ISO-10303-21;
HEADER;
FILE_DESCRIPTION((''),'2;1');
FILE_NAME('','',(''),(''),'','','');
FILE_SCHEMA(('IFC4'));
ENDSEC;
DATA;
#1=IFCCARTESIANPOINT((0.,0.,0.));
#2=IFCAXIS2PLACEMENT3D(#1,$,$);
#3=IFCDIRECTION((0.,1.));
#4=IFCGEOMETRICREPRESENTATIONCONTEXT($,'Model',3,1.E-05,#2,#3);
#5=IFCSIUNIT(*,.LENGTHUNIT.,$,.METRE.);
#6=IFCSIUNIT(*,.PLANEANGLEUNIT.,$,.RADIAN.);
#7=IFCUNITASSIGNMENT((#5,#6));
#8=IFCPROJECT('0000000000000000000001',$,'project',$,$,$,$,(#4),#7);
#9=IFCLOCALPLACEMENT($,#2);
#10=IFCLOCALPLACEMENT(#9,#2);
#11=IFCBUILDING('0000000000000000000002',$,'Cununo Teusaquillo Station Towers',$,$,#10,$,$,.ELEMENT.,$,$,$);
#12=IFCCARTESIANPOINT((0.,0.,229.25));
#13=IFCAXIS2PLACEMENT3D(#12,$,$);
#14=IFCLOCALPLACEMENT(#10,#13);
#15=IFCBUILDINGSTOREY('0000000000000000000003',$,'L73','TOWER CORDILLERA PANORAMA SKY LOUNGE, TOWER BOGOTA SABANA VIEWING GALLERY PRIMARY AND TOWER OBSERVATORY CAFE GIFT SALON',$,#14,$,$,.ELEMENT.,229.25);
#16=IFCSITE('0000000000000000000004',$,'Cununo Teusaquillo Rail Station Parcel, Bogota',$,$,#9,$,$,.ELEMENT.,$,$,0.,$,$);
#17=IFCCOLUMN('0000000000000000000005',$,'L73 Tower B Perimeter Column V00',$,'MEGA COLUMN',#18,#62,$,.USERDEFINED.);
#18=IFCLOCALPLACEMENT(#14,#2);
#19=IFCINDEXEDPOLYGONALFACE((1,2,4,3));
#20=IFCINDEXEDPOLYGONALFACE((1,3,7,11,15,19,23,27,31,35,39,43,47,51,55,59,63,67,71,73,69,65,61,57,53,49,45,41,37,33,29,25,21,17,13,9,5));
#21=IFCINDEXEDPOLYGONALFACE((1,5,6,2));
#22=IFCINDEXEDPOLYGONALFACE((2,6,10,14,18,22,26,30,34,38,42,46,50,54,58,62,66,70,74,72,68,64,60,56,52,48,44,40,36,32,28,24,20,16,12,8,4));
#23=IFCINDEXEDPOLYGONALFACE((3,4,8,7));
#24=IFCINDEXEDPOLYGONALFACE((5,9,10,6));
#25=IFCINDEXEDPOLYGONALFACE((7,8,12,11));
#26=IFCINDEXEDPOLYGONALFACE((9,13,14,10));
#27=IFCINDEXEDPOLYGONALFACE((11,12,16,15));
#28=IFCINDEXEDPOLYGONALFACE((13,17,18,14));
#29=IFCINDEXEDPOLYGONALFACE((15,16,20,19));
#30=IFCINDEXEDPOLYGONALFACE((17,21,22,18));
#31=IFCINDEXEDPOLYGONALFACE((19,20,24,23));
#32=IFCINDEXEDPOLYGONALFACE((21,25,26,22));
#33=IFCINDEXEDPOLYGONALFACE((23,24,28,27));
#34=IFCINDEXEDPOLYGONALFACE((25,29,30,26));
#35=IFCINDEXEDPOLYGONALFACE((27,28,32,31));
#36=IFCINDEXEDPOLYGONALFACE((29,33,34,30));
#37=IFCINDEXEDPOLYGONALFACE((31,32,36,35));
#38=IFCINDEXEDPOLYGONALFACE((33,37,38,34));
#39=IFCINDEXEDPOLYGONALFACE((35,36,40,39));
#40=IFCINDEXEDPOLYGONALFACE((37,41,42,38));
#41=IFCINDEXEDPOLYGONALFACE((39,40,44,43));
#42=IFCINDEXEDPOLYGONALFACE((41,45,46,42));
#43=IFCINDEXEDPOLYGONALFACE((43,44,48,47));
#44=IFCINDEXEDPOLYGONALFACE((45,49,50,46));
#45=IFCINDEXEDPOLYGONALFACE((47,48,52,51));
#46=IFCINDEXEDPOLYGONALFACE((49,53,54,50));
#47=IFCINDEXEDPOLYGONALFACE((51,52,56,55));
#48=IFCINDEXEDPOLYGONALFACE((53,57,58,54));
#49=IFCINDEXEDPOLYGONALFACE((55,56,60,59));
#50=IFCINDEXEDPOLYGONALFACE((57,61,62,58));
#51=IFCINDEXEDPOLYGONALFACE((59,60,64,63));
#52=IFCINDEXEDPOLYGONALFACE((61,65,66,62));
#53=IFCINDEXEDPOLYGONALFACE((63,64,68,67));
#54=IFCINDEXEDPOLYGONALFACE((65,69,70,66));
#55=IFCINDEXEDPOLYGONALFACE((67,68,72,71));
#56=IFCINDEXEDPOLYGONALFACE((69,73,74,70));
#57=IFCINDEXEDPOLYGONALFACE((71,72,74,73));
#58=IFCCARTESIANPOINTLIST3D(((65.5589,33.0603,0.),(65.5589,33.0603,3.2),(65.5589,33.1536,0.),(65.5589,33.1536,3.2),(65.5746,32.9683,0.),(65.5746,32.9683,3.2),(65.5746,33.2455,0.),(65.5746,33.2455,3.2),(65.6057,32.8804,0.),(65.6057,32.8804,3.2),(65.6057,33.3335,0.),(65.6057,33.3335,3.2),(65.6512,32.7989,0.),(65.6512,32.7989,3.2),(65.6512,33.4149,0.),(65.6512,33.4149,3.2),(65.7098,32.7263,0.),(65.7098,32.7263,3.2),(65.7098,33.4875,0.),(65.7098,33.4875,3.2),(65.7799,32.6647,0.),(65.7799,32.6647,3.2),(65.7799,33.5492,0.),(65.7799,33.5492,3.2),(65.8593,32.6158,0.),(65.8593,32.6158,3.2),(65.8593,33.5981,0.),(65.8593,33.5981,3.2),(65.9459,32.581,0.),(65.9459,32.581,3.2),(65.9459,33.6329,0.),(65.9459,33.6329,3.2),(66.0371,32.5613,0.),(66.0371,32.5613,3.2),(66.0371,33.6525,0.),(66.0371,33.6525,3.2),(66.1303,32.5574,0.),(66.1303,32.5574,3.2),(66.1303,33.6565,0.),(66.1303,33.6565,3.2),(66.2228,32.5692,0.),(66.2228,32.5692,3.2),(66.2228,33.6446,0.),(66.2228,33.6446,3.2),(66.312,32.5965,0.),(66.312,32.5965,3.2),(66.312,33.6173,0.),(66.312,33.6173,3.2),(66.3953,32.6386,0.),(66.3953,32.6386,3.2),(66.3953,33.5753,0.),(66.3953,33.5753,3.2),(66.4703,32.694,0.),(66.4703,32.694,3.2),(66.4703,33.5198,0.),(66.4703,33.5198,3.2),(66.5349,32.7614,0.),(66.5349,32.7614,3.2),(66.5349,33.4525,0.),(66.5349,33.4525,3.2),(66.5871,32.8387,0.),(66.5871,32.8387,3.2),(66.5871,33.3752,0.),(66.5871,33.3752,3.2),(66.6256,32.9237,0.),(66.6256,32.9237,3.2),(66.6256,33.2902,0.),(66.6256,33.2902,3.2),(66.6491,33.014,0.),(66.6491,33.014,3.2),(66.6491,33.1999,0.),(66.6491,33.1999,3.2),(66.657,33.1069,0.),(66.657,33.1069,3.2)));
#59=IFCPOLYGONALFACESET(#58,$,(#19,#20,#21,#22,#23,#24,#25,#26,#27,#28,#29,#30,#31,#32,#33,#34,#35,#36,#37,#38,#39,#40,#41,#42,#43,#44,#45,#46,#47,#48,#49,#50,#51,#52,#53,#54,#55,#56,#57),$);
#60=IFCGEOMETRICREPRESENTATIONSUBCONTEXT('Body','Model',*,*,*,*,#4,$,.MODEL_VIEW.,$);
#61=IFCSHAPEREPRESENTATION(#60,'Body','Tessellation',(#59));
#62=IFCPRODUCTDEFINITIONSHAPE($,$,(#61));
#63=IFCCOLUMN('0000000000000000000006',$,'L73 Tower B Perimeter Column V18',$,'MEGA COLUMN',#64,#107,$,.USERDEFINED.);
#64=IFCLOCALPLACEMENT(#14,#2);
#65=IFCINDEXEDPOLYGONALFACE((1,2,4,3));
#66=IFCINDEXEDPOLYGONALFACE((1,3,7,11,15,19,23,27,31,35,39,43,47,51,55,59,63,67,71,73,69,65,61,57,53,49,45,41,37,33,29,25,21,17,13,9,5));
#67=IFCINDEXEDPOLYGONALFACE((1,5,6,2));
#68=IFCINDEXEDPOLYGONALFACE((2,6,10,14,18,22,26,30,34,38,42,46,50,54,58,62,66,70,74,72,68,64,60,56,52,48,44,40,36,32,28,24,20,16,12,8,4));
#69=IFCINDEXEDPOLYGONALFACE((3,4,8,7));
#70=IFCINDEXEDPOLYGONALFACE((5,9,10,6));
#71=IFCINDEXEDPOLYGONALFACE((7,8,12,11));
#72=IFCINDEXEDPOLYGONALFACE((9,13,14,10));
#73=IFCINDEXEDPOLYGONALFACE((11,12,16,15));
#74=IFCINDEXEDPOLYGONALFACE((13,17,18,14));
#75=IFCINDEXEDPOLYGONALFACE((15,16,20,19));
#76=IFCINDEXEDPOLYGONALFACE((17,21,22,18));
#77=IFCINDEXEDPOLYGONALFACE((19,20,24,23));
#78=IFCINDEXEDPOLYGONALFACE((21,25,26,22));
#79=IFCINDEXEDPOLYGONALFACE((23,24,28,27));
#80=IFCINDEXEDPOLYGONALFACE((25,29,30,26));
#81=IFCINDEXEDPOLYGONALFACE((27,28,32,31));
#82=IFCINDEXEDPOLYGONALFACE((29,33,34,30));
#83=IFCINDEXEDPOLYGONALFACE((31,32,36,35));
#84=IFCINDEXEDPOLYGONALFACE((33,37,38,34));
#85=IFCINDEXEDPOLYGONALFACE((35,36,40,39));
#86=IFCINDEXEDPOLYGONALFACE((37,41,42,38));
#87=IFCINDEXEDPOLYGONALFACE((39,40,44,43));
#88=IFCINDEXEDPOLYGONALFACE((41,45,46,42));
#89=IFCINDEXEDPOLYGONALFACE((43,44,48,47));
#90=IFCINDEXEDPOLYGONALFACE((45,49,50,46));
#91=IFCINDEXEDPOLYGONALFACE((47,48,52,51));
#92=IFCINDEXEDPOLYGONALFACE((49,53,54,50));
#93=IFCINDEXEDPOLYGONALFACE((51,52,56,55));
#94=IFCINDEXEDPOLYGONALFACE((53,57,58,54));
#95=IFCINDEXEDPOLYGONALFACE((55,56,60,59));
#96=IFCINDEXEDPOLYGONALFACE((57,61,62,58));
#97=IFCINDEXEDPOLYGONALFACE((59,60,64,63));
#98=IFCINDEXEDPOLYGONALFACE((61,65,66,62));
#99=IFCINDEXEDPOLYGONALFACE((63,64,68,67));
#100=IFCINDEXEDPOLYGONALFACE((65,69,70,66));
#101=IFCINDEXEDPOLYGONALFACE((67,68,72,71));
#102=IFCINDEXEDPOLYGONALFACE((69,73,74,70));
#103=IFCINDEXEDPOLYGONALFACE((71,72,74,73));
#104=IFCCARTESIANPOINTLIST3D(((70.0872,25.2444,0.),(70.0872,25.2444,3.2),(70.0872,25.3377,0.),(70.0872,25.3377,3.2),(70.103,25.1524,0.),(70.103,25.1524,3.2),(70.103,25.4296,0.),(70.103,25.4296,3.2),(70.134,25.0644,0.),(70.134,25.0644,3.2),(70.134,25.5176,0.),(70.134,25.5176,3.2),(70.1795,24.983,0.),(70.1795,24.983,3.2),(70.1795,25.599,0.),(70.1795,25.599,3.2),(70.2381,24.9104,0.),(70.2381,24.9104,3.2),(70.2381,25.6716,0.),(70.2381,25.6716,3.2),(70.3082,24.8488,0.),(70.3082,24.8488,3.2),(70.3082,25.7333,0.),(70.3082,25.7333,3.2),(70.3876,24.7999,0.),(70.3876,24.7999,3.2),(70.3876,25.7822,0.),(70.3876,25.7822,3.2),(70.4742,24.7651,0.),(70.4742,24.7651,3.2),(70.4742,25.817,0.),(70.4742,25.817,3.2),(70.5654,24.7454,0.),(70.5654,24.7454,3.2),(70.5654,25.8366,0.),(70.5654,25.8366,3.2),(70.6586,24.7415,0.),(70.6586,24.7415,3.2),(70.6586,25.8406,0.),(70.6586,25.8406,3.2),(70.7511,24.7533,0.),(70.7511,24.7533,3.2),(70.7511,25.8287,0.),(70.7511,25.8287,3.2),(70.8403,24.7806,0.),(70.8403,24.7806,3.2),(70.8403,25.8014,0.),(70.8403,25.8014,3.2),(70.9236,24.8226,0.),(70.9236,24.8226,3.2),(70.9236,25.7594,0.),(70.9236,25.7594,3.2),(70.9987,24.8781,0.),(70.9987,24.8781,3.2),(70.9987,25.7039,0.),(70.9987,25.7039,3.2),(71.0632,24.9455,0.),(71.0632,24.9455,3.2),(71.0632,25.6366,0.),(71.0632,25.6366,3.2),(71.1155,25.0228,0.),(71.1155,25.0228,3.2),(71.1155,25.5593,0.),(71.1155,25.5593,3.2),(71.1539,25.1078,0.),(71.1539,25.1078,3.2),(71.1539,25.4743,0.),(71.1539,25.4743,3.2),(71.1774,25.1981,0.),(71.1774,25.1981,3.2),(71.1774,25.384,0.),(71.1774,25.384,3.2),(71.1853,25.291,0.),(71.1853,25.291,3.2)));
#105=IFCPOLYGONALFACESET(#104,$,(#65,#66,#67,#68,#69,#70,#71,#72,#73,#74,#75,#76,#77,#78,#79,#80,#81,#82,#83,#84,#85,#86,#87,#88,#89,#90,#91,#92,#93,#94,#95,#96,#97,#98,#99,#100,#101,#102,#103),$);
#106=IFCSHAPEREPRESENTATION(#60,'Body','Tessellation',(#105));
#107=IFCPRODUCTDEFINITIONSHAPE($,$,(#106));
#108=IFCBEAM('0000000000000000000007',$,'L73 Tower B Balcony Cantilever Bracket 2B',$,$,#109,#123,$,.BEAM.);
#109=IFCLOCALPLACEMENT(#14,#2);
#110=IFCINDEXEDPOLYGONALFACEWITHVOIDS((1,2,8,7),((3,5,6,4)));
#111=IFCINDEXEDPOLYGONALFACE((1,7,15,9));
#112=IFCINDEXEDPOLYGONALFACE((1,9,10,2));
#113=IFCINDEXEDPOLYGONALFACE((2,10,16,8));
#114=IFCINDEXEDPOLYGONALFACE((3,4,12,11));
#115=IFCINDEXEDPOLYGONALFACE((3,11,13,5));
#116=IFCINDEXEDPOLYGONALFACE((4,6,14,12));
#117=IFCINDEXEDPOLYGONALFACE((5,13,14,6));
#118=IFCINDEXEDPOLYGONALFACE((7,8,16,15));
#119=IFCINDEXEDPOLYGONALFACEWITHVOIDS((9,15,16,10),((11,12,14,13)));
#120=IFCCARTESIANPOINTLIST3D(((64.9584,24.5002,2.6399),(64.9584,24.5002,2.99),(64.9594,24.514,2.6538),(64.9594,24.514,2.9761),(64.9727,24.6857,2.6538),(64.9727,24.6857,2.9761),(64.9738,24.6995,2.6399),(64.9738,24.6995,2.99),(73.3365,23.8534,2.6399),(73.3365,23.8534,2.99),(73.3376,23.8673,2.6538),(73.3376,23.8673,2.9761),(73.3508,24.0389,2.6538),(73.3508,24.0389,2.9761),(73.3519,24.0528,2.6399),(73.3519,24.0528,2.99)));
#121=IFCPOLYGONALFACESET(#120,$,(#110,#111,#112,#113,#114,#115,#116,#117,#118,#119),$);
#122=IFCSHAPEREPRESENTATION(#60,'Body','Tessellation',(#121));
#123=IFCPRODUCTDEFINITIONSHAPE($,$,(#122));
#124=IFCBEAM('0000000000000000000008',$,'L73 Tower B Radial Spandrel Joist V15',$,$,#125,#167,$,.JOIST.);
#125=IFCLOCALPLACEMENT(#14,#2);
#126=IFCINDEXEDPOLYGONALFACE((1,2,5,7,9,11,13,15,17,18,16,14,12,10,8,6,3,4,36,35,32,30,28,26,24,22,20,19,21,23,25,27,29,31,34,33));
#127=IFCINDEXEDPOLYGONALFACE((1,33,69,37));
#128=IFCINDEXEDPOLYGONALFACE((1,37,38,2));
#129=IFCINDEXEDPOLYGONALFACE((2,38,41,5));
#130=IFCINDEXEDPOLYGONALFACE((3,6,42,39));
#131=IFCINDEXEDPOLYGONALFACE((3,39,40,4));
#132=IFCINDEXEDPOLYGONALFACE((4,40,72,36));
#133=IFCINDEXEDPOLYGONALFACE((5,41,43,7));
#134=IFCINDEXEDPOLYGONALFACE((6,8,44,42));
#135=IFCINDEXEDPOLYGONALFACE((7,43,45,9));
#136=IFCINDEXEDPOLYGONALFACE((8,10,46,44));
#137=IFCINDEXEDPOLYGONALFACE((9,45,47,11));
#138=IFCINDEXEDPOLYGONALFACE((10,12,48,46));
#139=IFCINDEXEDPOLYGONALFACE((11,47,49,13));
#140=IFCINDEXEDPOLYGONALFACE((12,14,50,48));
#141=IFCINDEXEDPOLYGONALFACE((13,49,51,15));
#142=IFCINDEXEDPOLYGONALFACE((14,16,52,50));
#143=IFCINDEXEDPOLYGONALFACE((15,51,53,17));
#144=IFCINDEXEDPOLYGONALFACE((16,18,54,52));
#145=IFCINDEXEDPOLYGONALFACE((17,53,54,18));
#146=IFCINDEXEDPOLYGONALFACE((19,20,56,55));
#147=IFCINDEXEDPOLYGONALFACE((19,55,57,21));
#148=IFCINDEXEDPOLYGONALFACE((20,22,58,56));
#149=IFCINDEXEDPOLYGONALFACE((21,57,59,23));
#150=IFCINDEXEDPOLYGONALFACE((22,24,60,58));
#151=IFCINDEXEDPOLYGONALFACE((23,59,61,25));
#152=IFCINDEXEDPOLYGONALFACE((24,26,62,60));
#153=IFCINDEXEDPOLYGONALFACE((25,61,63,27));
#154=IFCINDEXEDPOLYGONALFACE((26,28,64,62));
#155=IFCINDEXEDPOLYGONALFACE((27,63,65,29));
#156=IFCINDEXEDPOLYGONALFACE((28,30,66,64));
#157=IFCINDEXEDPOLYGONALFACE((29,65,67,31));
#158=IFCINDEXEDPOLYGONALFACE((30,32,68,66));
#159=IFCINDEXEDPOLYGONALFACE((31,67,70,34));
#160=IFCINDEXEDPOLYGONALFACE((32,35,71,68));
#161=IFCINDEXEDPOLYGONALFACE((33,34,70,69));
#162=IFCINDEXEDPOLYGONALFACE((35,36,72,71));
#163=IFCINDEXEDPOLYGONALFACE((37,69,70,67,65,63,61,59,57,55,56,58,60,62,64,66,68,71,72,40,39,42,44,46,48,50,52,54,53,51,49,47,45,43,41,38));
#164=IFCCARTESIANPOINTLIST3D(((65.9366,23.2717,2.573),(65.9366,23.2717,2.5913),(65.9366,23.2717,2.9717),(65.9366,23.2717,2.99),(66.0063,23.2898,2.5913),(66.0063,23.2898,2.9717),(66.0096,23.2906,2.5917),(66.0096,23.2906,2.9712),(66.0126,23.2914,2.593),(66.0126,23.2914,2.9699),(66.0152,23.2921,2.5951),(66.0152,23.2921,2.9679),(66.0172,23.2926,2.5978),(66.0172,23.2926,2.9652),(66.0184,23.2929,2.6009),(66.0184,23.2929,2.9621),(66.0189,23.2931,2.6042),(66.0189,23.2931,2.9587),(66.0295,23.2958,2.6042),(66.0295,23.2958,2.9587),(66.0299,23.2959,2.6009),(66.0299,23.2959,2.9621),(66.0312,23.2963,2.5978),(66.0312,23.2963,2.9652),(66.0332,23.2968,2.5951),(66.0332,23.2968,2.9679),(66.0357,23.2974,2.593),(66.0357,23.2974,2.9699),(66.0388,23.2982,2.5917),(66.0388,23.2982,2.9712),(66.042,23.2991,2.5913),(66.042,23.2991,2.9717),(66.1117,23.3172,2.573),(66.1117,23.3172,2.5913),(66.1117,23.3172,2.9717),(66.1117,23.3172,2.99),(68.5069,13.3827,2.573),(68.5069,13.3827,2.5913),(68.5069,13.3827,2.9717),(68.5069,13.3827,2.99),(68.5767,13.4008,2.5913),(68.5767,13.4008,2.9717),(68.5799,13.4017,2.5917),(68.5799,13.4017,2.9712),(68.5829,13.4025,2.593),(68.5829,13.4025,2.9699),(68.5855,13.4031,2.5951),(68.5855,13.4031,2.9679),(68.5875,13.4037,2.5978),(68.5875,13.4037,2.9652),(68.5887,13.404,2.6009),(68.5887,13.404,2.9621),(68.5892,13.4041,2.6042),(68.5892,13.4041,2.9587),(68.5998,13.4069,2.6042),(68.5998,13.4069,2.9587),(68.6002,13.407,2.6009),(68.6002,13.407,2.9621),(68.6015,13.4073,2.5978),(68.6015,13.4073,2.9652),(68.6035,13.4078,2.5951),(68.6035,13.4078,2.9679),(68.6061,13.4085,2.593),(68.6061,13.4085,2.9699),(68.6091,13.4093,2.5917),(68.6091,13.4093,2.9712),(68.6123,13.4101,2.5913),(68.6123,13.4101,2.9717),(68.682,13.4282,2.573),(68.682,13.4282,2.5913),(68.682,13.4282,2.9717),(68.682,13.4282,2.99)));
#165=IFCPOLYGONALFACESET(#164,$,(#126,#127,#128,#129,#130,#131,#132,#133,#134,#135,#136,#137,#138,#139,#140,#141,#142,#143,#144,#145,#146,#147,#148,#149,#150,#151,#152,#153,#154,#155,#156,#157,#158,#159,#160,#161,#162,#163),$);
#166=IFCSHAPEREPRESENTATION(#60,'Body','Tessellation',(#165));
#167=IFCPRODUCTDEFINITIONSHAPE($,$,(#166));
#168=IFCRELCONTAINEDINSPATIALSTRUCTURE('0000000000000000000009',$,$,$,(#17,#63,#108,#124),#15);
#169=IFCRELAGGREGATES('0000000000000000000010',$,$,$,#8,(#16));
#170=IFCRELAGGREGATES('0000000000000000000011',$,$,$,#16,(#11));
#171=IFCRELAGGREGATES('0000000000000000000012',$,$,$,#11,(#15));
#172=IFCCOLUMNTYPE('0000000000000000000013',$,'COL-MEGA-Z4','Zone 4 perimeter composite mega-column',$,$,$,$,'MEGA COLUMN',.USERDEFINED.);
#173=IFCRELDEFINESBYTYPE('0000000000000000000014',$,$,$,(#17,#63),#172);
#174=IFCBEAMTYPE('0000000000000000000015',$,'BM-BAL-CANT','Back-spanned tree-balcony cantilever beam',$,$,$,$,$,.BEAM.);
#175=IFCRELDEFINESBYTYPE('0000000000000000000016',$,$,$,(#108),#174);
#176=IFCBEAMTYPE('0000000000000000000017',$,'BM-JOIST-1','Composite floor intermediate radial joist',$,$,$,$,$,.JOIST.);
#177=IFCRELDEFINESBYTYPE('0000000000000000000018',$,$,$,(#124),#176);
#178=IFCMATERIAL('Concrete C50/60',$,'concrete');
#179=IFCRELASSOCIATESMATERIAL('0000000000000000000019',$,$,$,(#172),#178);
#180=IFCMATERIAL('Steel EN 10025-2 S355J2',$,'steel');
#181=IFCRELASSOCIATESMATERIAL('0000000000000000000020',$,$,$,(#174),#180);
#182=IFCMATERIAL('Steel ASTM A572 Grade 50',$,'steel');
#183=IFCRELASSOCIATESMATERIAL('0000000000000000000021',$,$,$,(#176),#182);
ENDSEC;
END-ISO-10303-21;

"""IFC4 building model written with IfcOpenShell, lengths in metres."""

from ifc_helpers import new_model, si_unit, direction, frame, origin, origin_2d, place, context, subcontext, project, spatial, hollow_rectangle, circle, i_section, extrude, material, material_profile, profile_set, type_object, element, save


model = new_model("IFC4")

# Units and contexts
model_context = context("Model", 3, precision=1e-05, world=origin(), true_north=direction((0.0, 1.0)))
body_context = subcontext(model_context, "Body", "Model", "MODEL_VIEW")
ifc_project = project(units=[si_unit("LENGTHUNIT", "METRE"), si_unit("PLANEANGLEUNIT", "RADIAN")], contexts=[model_context])

# Site, building, storey
site_placement = place(None, origin())
site = spatial("IfcSite", under=ifc_project, at=site_placement, Name="Cununo Teusaquillo Rail Station Parcel, Bogota", CompositionType="ELEMENT", RefElevation=0.0)
building_placement = place(site_placement, origin())
building = spatial("IfcBuilding", under=site, at=building_placement, Name="Cununo Teusaquillo Station Towers", CompositionType="ELEMENT")
storey_placement = place(building_placement, frame((0.0, 0.0, 229.25)))
storey = spatial("IfcBuildingStorey", under=building, at=storey_placement, Name="L73", Description="TOWER CORDILLERA PANORAMA SKY LOUNGE, TOWER BOGOTA SABANA VIEWING GALLERY PRIMARY AND TOWER OBSERVATORY CAFE GIFT SALON", CompositionType="ELEMENT", Elevation=229.25)

# Columns
ifc_material_1 = material(Name="Concrete C50/60", Category="concrete")
ifc_material_profile_1 = material_profile(ifc_material_1, circle(Radius=0.55, at=origin_2d()), Name="RC-CIRC-1100")
ifc_profile_set_1 = profile_set([ifc_material_profile_1], Name="Concrete C50/60")
column_type = type_object("IfcColumnType", Name="COL-MEGA-Z4", Description="Zone 4 perimeter composite mega-column", ElementType="MEGA COLUMN", PredefinedType="USERDEFINED", material=ifc_profile_set_1)
for number, where, z_axis, x_axis, name in (
    (1, (66.1069, 33.1069, 0.0), (0.0, 0.0, 1.0), (1.0, 0.0, 0.0), "L73 Tower B Perimeter Column V00"),
    (2, (70.6353, 25.291, 0.0), (0.0, 0.0, 1.0), (1.0, 0.0, 0.0), "L73 Tower B Perimeter Column V18"),
):
    element("IfcColumn", number, at=place(storey_placement, frame(where, z_axis=z_axis, x_axis=x_axis)), inside=storey, type_object=column_type, Name=name, ObjectType="MEGA COLUMN", PredefinedType="USERDEFINED", context=body_context, shape_type="SweptSolid", body=[
        extrude(circle(Radius=0.55, at=origin_2d()), origin(), (0.0, 0.0, 1.0), 3.2),
    ])

# Beams
ifc_material_2 = material(Name="Steel EN 10025-2 S355J2", Category="steel")
ifc_material_profile_2 = material_profile(ifc_material_2, hollow_rectangle(XDim=0.2, YDim=0.3501, WallThickness=0.0139, at=origin_2d()), Name="RHS 350x200x14")
ifc_profile_set_2 = profile_set([ifc_material_profile_2], Name="Steel EN 10025-2 S355J2")
beam_type_1 = type_object("IfcBeamType", Name="BM-BAL-CANT", Description="Back-spanned tree-balcony cantilever beam", PredefinedType="BEAM", material=ifc_profile_set_2)
beam_1_placement = place(storey_placement, frame((64.9661, 24.5999, 2.8149), z_axis=(0.997034, -0.076963, 0.0), x_axis=(0.076963, 0.997034, 0.0)))
element("IfcBeam", 3, at=beam_1_placement, inside=storey, type_object=beam_type_1, Name="L73 Tower B Balcony Cantilever Bracket 2B", PredefinedType="BEAM", context=body_context, shape_type="SweptSolid", body=[
    extrude(hollow_rectangle(XDim=0.2, YDim=0.3501, WallThickness=0.0139, at=origin_2d()), origin(), (0.0, 0.0, 1.0), 8.4031),
])
ifc_material_3 = material(Name="Steel ASTM A572 Grade 50", Category="steel")
ifc_material_profile_3 = material_profile(ifc_material_3, i_section(OverallWidth=0.1809, OverallDepth=0.417, WebThickness=0.011, FlangeThickness=0.0183, FilletRadius=0.0129, at=origin_2d()), Name="W16X57")
ifc_profile_set_3 = profile_set([ifc_material_profile_3], Name="Steel ASTM A572 Grade 50")
beam_type_2 = type_object("IfcBeamType", Name="BM-JOIST-1", Description="Composite floor intermediate radial joist", PredefinedType="JOIST", material=ifc_profile_set_3)
beam_2_placement = place(storey_placement, frame((66.0242, 23.2944, 2.7815), z_axis=(0.25156, -0.967842, 0.0), x_axis=(0.967842, 0.25156, 0.0)))
element("IfcBeam", 4, at=beam_2_placement, inside=storey, type_object=beam_type_2, Name="L73 Tower B Radial Spandrel Joist V15", PredefinedType="JOIST", context=body_context, shape_type="SweptSolid", body=[
    extrude(i_section(OverallWidth=0.1809, OverallDepth=0.417, WebThickness=0.011, FlangeThickness=0.0183, FilletRadius=0.0129, at=origin_2d()), origin(), (0.0, 0.0, 1.0), 10.2175),
])

save(model, "model.ifc")
